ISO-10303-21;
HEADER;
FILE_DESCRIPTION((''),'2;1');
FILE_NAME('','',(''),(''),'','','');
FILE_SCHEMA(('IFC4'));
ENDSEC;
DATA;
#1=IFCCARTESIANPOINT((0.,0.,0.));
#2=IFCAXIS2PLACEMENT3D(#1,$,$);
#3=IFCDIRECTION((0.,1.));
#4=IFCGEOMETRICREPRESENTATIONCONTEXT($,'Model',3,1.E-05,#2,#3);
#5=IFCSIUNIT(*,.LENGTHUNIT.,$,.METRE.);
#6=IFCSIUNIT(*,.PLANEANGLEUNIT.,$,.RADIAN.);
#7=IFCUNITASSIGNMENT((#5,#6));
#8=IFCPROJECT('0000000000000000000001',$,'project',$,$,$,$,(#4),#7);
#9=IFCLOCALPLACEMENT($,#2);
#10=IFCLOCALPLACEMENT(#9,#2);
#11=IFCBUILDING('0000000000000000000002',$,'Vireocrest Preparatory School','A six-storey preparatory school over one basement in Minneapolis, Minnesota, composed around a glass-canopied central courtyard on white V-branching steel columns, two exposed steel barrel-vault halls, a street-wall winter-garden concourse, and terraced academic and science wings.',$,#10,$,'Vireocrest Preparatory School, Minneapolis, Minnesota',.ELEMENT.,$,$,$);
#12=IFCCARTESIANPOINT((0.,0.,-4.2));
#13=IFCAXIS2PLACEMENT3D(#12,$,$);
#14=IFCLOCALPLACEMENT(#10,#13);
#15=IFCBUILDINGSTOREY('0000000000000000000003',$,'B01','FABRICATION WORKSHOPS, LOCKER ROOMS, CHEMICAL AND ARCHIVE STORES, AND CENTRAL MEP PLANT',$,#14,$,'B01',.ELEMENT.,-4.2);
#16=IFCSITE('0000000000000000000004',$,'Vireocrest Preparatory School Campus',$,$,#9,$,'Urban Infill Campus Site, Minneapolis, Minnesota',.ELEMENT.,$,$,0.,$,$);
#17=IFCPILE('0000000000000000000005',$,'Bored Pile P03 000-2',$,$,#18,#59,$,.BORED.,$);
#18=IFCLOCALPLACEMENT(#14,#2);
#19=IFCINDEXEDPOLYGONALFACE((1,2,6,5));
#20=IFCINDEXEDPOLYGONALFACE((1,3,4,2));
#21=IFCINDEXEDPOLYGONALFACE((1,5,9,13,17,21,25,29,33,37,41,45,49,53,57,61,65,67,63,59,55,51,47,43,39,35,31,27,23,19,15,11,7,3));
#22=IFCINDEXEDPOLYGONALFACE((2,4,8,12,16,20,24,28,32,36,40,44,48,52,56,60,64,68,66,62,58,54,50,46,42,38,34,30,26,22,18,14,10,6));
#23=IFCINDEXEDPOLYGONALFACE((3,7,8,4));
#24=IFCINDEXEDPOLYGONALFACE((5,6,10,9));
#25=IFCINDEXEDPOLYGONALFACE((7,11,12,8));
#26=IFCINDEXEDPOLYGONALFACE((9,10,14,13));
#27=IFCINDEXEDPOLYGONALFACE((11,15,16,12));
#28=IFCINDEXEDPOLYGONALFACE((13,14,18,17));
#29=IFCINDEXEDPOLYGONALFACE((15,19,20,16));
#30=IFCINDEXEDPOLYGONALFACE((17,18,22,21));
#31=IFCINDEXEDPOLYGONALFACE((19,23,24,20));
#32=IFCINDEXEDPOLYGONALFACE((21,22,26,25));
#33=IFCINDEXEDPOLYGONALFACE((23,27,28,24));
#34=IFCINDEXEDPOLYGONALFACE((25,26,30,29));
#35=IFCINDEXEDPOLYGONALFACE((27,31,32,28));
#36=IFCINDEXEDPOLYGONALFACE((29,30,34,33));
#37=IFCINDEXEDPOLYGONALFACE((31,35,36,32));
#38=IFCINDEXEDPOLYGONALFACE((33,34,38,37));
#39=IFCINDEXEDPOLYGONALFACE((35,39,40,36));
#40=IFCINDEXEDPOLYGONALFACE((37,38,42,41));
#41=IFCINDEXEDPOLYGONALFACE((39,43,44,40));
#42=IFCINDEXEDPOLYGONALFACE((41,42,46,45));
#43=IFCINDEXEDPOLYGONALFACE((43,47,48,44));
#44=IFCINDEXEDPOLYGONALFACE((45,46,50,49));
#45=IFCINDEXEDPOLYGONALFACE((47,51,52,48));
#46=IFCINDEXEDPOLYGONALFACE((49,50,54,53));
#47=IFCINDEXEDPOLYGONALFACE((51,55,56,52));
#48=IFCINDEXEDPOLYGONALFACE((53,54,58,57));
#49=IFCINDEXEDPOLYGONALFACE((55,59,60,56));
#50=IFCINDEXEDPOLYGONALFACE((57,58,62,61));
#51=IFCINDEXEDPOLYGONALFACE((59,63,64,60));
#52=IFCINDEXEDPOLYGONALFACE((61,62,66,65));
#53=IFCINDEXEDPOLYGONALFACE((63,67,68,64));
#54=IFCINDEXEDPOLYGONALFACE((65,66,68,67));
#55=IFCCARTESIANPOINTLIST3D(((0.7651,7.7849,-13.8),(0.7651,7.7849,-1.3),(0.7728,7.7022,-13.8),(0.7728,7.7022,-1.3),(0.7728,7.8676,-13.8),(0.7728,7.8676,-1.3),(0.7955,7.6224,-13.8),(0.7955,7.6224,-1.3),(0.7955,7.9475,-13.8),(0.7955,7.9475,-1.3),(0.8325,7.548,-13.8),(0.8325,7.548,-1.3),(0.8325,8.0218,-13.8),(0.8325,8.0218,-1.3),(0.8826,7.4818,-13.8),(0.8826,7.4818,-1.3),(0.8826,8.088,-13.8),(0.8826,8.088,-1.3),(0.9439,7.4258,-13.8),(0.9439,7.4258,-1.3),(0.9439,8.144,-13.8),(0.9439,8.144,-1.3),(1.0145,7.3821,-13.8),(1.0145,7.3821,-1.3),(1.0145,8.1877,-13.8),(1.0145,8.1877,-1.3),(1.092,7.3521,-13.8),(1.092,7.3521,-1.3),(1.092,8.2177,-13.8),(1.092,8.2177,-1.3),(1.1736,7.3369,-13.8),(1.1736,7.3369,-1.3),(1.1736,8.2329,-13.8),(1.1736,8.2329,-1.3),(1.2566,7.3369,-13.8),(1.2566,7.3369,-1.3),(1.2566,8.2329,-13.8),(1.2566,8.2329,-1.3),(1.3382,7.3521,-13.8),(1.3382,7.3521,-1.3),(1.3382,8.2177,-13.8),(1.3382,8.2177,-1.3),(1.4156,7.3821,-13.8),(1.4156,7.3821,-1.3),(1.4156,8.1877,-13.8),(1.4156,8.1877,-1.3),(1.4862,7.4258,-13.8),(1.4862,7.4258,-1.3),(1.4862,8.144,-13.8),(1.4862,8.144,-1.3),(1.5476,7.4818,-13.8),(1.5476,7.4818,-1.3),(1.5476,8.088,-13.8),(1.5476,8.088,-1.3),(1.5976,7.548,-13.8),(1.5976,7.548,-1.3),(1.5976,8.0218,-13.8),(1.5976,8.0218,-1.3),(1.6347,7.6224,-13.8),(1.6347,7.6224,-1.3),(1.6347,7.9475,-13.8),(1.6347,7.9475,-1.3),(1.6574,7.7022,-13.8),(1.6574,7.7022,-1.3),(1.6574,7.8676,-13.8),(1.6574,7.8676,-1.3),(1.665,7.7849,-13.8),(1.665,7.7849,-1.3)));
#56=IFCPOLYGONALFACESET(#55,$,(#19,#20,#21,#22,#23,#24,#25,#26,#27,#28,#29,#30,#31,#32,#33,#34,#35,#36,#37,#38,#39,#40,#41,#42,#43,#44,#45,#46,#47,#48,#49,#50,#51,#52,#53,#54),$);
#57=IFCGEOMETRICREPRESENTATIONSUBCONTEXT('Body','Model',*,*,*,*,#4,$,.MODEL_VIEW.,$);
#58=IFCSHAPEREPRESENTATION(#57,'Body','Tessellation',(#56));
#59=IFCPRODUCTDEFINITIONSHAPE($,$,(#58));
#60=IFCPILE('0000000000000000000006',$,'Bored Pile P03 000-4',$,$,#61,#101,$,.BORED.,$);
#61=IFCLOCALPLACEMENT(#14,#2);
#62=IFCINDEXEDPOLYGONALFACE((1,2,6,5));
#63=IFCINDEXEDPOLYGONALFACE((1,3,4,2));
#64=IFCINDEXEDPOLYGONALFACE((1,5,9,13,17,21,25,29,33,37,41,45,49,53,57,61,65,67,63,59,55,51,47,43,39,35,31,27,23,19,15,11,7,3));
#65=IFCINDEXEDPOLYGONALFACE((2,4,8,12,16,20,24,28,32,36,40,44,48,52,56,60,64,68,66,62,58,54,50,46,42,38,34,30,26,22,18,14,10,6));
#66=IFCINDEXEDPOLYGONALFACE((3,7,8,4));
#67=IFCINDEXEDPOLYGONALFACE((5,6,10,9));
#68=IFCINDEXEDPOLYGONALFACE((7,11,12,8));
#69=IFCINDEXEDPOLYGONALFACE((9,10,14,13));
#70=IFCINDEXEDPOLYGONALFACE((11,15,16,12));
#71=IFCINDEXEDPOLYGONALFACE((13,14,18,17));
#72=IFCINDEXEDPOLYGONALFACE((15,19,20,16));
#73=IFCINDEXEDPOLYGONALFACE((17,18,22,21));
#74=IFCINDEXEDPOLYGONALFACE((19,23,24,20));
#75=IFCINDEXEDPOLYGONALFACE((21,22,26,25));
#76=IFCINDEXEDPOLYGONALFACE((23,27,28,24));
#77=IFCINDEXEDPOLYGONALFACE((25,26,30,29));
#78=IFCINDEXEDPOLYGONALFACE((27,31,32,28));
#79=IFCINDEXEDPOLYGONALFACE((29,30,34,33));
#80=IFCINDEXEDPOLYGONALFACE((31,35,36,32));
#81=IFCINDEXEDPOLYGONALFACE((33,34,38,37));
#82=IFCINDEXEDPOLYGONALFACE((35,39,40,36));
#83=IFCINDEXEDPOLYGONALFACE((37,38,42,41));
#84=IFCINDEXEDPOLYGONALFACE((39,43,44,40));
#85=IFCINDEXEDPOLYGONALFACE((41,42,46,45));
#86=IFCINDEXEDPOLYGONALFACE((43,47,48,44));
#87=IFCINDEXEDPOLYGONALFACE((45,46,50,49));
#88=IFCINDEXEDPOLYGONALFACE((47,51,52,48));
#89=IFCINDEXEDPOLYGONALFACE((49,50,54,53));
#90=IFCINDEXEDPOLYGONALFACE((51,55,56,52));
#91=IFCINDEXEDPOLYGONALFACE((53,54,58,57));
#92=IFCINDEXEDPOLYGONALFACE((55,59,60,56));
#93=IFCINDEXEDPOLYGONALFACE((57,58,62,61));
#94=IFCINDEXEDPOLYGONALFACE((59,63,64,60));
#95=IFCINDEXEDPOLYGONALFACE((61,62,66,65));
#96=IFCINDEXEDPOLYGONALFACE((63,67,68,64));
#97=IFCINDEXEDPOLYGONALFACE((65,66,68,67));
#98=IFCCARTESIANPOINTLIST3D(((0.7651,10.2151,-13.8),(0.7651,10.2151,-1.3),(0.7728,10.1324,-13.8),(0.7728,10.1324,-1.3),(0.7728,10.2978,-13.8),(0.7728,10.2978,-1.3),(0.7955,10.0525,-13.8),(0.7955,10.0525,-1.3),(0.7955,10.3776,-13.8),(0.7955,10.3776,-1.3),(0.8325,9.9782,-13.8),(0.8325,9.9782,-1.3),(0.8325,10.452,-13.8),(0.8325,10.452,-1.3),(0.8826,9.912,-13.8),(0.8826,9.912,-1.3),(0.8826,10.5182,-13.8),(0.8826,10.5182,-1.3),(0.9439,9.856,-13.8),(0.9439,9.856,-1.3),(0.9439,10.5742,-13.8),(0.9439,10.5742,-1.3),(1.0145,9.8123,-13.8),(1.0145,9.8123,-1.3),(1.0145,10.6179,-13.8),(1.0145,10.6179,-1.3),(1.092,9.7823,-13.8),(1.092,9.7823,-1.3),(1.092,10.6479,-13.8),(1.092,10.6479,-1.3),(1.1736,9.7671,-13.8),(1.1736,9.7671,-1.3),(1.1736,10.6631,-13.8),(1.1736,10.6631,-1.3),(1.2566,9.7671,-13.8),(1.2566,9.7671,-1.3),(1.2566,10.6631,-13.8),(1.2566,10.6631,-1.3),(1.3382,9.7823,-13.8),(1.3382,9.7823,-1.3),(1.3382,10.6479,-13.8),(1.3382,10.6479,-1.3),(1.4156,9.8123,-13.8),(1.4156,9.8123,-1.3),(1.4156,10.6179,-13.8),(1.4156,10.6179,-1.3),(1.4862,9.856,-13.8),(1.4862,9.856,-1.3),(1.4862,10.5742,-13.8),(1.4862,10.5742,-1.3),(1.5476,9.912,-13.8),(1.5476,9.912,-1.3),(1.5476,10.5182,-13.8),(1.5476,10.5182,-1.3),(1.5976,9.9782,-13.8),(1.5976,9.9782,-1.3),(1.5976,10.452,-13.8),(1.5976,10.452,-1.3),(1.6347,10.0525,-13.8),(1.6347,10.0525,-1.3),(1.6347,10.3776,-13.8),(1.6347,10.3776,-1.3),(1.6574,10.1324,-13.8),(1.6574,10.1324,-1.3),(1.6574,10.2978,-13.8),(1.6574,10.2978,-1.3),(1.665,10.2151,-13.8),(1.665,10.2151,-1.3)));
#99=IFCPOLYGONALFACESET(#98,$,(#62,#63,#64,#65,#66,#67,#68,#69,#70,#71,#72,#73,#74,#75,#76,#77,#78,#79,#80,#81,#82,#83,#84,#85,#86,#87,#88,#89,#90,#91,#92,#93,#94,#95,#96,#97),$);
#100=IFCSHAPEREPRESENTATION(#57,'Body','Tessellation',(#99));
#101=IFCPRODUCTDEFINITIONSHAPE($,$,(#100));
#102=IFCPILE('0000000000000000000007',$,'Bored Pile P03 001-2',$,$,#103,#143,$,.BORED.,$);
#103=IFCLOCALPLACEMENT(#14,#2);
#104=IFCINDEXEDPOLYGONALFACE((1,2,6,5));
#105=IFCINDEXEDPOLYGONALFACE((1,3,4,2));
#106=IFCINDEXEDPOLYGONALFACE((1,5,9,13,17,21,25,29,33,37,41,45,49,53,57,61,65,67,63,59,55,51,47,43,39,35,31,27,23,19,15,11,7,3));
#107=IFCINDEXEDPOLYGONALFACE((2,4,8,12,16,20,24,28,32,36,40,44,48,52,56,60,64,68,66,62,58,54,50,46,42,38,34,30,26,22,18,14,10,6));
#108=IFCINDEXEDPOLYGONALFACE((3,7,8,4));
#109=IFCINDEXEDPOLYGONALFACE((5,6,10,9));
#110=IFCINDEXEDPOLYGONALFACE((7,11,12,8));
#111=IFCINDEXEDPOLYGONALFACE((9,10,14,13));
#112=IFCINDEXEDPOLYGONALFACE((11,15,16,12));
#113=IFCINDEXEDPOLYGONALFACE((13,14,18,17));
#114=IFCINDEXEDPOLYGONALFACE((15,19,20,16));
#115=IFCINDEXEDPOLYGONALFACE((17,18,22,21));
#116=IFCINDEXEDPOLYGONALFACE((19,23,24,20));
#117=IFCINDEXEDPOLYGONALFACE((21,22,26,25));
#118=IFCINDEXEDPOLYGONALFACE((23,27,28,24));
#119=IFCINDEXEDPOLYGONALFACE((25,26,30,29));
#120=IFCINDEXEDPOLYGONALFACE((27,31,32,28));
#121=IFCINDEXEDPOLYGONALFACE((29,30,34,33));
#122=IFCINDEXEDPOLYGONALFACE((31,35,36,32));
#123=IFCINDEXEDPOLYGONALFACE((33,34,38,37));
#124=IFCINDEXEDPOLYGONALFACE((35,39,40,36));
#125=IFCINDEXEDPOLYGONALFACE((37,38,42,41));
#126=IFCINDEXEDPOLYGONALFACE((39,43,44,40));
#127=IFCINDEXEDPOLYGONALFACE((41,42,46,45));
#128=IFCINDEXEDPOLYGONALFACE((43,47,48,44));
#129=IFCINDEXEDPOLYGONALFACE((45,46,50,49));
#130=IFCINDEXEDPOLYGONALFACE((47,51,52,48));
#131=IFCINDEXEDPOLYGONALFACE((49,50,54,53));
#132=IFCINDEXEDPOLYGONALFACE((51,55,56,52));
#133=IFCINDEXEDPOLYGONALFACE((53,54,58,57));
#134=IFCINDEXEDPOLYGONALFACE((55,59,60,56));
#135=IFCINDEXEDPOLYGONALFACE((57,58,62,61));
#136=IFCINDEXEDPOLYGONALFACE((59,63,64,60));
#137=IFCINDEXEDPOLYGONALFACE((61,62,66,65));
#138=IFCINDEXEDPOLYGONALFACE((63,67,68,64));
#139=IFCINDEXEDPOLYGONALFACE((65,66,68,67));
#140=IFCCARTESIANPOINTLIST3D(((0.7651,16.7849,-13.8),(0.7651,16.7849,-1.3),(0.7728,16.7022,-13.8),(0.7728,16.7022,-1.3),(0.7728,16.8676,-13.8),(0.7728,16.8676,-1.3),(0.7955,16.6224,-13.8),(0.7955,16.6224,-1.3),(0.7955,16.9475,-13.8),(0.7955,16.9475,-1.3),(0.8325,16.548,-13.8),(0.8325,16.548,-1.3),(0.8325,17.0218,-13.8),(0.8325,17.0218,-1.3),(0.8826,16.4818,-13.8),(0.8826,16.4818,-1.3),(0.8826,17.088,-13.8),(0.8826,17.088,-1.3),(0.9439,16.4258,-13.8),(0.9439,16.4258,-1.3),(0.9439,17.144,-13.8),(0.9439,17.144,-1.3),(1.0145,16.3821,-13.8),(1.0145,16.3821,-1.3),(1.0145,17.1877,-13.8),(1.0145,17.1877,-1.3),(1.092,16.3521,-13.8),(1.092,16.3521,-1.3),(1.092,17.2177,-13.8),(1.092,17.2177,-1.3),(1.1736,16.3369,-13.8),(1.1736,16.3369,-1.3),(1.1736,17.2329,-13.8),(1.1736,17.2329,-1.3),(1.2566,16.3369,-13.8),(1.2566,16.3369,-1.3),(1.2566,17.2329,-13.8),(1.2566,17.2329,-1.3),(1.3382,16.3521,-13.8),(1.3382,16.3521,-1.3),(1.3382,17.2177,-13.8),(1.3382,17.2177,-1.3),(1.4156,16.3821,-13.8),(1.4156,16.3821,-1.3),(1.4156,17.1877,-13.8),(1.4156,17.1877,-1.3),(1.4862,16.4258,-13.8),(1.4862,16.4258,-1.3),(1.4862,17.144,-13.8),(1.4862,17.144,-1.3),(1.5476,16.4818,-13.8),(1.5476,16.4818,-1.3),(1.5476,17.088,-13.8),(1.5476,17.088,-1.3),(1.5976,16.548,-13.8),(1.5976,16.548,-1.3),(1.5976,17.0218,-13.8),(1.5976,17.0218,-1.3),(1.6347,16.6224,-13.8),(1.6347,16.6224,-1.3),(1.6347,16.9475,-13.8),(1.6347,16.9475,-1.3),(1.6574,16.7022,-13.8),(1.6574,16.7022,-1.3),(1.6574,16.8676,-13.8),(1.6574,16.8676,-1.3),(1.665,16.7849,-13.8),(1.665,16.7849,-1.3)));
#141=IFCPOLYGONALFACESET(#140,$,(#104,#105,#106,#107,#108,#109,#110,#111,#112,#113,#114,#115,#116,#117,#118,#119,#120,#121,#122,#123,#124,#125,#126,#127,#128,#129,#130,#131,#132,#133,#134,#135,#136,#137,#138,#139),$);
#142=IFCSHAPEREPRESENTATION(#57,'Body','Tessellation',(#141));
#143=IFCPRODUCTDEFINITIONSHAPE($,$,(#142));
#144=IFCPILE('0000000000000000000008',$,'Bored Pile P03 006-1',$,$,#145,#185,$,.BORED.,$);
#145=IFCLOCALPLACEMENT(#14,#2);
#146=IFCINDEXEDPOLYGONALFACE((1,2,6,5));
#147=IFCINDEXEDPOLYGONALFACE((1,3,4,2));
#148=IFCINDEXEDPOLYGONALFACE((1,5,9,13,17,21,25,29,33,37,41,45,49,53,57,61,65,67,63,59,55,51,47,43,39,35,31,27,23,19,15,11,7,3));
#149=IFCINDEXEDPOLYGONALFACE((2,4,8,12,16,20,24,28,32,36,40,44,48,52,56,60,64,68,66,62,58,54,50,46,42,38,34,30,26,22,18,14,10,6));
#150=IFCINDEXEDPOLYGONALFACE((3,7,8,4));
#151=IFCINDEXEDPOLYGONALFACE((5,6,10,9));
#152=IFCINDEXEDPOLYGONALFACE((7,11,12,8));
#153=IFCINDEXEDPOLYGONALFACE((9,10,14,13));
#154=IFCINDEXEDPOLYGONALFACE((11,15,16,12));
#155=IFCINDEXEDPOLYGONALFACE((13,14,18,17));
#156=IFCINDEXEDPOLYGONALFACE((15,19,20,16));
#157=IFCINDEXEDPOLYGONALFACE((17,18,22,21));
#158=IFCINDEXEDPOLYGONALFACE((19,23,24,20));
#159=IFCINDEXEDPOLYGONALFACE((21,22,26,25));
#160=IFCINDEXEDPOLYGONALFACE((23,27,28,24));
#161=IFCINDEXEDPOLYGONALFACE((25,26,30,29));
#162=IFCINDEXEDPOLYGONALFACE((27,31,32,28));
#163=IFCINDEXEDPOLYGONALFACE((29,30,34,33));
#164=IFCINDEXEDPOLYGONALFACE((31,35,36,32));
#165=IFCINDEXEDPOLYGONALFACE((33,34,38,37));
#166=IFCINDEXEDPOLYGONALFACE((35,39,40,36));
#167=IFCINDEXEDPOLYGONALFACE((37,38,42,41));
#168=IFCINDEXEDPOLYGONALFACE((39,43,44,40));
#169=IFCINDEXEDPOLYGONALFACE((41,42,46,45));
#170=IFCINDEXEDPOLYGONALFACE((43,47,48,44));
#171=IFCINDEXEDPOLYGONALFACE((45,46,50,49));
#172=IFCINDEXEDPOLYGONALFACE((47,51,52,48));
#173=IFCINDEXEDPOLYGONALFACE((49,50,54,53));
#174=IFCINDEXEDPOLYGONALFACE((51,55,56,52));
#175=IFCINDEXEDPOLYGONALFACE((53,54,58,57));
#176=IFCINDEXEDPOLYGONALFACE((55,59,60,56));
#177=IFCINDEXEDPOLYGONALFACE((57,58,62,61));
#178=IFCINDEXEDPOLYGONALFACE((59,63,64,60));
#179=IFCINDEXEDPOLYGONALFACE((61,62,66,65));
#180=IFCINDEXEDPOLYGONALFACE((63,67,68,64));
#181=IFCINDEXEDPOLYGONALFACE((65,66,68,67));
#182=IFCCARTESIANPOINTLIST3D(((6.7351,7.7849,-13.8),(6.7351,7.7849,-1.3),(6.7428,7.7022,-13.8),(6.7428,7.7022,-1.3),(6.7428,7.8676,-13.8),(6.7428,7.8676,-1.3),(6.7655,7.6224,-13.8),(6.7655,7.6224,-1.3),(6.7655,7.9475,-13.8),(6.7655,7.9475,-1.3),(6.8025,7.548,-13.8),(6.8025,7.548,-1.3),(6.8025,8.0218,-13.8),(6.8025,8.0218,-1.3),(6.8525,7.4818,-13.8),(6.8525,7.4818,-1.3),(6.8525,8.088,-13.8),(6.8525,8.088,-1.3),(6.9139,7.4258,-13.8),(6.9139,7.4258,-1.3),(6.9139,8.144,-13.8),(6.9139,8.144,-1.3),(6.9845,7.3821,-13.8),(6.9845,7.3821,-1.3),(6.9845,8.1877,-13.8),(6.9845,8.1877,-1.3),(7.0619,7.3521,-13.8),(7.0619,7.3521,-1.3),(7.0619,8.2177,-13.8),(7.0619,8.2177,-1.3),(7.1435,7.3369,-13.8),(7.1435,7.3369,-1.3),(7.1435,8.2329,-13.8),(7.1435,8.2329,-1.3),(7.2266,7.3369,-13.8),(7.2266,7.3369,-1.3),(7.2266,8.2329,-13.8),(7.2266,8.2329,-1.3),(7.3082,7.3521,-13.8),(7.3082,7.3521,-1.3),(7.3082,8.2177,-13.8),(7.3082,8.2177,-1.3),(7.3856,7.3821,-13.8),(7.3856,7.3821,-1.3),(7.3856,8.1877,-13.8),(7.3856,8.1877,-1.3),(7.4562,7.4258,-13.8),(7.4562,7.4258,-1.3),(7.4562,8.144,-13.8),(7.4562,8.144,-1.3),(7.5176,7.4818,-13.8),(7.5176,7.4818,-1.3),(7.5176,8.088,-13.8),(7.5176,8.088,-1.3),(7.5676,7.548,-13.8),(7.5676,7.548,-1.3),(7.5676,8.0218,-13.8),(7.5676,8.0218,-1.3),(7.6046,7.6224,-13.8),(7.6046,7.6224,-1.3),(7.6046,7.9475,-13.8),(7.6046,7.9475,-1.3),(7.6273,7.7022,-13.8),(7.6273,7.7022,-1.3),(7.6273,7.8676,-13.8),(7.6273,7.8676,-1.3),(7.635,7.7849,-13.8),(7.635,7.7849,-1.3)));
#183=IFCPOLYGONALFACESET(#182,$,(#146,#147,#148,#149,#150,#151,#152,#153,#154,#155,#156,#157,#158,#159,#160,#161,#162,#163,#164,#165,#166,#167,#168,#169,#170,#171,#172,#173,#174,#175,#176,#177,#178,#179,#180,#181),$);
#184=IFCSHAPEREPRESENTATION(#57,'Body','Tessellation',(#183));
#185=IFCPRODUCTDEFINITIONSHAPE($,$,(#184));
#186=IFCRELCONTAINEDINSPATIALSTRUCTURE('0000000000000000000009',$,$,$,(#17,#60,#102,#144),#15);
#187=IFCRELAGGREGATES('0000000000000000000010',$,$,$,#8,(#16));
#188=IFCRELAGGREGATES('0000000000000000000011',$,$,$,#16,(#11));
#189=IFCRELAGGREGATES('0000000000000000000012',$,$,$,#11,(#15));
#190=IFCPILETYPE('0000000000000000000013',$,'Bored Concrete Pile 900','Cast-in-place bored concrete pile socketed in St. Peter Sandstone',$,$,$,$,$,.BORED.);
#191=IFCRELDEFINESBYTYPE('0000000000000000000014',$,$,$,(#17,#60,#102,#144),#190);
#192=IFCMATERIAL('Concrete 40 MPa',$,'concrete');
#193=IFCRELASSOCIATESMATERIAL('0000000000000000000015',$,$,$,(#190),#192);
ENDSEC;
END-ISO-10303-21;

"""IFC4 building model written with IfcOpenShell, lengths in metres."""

from ifc_helpers import new_model, si_unit, direction, frame, origin, origin_2d, place, context, subcontext, project, spatial, circle, extrude, material, material_profile, profile_set, type_object, element, save


model = new_model("IFC4")

# Units and contexts
model_context = context("Model", 3, precision=1e-05, world=origin(), true_north=direction((0.0, 1.0)))
body_context = subcontext(model_context, "Body", "Model", "MODEL_VIEW")
ifc_project = project(units=[si_unit("LENGTHUNIT", "METRE"), si_unit("PLANEANGLEUNIT", "RADIAN")], contexts=[model_context])

# Site, building, storey
site_placement = place(None, origin())
site = spatial("IfcSite", under=ifc_project, at=site_placement, Name="Vireocrest Preparatory School Campus", LongName="Urban Infill Campus Site, Minneapolis, Minnesota", CompositionType="ELEMENT", RefElevation=0.0)
building_placement = place(site_placement, origin())
building = spatial("IfcBuilding", under=site, at=building_placement, Name="Vireocrest Preparatory School", Description="A six-storey preparatory school over one basement in Minneapolis, Minnesota, composed around a glass-canopied central courtyard on white V-branching steel columns, two exposed steel barrel-vault halls, a street-wall winter-garden concourse, and terraced academic and science wings.", LongName="Vireocrest Preparatory School, Minneapolis, Minnesota", CompositionType="ELEMENT")
storey_placement = place(building_placement, frame((0.0, 0.0, -4.2)))
storey = spatial("IfcBuildingStorey", under=building, at=storey_placement, Name="B01", Description="FABRICATION WORKSHOPS, LOCKER ROOMS, CHEMICAL AND ARCHIVE STORES, AND CENTRAL MEP PLANT", LongName="B01", CompositionType="ELEMENT", Elevation=-4.2)

# Piles
ifc_material_1 = material(Name="Concrete 40 MPa", Category="concrete")
ifc_material_profile_1 = material_profile(ifc_material_1, circle(Radius=0.45, at=origin_2d()), Name="BORED PILE 900")
ifc_profile_set_1 = profile_set([ifc_material_profile_1], Name="Concrete 40 MPa")
pile_type = type_object("IfcPileType", Name="Bored Concrete Pile 900", Description="Cast-in-place bored concrete pile socketed in St. Peter Sandstone", PredefinedType="BORED", material=ifc_profile_set_1)
for number, where, z_axis, x_axis, name in (
    (1, (1.2151, 7.7849, -1.3), (0.0, 0.0, -1.0), (1.0, 0.0, 0.0), "Bored Pile P03 000-2"),
    (2, (1.2151, 10.2151, -1.3), (0.0, 0.0, -1.0), (1.0, 0.0, 0.0), "Bored Pile P03 000-4"),
    (3, (1.2151, 16.7849, -1.3), (0.0, 0.0, -1.0), (1.0, 0.0, 0.0), "Bored Pile P03 001-2"),
    (4, (7.1851, 7.7849, -1.3), (0.0, 0.0, -1.0), (1.0, 0.0, 0.0), "Bored Pile P03 006-1"),
):
    element("IfcPile", number, at=place(storey_placement, frame(where, z_axis=z_axis, x_axis=x_axis)), inside=storey, type_object=pile_type, Name=name, PredefinedType="BORED", context=body_context, shape_type="SweptSolid", body=[
        extrude(circle(Radius=0.45, at=origin_2d()), origin(), (0.0, 0.0, 1.0), 12.5),
    ])

save(model, "model.ifc")
